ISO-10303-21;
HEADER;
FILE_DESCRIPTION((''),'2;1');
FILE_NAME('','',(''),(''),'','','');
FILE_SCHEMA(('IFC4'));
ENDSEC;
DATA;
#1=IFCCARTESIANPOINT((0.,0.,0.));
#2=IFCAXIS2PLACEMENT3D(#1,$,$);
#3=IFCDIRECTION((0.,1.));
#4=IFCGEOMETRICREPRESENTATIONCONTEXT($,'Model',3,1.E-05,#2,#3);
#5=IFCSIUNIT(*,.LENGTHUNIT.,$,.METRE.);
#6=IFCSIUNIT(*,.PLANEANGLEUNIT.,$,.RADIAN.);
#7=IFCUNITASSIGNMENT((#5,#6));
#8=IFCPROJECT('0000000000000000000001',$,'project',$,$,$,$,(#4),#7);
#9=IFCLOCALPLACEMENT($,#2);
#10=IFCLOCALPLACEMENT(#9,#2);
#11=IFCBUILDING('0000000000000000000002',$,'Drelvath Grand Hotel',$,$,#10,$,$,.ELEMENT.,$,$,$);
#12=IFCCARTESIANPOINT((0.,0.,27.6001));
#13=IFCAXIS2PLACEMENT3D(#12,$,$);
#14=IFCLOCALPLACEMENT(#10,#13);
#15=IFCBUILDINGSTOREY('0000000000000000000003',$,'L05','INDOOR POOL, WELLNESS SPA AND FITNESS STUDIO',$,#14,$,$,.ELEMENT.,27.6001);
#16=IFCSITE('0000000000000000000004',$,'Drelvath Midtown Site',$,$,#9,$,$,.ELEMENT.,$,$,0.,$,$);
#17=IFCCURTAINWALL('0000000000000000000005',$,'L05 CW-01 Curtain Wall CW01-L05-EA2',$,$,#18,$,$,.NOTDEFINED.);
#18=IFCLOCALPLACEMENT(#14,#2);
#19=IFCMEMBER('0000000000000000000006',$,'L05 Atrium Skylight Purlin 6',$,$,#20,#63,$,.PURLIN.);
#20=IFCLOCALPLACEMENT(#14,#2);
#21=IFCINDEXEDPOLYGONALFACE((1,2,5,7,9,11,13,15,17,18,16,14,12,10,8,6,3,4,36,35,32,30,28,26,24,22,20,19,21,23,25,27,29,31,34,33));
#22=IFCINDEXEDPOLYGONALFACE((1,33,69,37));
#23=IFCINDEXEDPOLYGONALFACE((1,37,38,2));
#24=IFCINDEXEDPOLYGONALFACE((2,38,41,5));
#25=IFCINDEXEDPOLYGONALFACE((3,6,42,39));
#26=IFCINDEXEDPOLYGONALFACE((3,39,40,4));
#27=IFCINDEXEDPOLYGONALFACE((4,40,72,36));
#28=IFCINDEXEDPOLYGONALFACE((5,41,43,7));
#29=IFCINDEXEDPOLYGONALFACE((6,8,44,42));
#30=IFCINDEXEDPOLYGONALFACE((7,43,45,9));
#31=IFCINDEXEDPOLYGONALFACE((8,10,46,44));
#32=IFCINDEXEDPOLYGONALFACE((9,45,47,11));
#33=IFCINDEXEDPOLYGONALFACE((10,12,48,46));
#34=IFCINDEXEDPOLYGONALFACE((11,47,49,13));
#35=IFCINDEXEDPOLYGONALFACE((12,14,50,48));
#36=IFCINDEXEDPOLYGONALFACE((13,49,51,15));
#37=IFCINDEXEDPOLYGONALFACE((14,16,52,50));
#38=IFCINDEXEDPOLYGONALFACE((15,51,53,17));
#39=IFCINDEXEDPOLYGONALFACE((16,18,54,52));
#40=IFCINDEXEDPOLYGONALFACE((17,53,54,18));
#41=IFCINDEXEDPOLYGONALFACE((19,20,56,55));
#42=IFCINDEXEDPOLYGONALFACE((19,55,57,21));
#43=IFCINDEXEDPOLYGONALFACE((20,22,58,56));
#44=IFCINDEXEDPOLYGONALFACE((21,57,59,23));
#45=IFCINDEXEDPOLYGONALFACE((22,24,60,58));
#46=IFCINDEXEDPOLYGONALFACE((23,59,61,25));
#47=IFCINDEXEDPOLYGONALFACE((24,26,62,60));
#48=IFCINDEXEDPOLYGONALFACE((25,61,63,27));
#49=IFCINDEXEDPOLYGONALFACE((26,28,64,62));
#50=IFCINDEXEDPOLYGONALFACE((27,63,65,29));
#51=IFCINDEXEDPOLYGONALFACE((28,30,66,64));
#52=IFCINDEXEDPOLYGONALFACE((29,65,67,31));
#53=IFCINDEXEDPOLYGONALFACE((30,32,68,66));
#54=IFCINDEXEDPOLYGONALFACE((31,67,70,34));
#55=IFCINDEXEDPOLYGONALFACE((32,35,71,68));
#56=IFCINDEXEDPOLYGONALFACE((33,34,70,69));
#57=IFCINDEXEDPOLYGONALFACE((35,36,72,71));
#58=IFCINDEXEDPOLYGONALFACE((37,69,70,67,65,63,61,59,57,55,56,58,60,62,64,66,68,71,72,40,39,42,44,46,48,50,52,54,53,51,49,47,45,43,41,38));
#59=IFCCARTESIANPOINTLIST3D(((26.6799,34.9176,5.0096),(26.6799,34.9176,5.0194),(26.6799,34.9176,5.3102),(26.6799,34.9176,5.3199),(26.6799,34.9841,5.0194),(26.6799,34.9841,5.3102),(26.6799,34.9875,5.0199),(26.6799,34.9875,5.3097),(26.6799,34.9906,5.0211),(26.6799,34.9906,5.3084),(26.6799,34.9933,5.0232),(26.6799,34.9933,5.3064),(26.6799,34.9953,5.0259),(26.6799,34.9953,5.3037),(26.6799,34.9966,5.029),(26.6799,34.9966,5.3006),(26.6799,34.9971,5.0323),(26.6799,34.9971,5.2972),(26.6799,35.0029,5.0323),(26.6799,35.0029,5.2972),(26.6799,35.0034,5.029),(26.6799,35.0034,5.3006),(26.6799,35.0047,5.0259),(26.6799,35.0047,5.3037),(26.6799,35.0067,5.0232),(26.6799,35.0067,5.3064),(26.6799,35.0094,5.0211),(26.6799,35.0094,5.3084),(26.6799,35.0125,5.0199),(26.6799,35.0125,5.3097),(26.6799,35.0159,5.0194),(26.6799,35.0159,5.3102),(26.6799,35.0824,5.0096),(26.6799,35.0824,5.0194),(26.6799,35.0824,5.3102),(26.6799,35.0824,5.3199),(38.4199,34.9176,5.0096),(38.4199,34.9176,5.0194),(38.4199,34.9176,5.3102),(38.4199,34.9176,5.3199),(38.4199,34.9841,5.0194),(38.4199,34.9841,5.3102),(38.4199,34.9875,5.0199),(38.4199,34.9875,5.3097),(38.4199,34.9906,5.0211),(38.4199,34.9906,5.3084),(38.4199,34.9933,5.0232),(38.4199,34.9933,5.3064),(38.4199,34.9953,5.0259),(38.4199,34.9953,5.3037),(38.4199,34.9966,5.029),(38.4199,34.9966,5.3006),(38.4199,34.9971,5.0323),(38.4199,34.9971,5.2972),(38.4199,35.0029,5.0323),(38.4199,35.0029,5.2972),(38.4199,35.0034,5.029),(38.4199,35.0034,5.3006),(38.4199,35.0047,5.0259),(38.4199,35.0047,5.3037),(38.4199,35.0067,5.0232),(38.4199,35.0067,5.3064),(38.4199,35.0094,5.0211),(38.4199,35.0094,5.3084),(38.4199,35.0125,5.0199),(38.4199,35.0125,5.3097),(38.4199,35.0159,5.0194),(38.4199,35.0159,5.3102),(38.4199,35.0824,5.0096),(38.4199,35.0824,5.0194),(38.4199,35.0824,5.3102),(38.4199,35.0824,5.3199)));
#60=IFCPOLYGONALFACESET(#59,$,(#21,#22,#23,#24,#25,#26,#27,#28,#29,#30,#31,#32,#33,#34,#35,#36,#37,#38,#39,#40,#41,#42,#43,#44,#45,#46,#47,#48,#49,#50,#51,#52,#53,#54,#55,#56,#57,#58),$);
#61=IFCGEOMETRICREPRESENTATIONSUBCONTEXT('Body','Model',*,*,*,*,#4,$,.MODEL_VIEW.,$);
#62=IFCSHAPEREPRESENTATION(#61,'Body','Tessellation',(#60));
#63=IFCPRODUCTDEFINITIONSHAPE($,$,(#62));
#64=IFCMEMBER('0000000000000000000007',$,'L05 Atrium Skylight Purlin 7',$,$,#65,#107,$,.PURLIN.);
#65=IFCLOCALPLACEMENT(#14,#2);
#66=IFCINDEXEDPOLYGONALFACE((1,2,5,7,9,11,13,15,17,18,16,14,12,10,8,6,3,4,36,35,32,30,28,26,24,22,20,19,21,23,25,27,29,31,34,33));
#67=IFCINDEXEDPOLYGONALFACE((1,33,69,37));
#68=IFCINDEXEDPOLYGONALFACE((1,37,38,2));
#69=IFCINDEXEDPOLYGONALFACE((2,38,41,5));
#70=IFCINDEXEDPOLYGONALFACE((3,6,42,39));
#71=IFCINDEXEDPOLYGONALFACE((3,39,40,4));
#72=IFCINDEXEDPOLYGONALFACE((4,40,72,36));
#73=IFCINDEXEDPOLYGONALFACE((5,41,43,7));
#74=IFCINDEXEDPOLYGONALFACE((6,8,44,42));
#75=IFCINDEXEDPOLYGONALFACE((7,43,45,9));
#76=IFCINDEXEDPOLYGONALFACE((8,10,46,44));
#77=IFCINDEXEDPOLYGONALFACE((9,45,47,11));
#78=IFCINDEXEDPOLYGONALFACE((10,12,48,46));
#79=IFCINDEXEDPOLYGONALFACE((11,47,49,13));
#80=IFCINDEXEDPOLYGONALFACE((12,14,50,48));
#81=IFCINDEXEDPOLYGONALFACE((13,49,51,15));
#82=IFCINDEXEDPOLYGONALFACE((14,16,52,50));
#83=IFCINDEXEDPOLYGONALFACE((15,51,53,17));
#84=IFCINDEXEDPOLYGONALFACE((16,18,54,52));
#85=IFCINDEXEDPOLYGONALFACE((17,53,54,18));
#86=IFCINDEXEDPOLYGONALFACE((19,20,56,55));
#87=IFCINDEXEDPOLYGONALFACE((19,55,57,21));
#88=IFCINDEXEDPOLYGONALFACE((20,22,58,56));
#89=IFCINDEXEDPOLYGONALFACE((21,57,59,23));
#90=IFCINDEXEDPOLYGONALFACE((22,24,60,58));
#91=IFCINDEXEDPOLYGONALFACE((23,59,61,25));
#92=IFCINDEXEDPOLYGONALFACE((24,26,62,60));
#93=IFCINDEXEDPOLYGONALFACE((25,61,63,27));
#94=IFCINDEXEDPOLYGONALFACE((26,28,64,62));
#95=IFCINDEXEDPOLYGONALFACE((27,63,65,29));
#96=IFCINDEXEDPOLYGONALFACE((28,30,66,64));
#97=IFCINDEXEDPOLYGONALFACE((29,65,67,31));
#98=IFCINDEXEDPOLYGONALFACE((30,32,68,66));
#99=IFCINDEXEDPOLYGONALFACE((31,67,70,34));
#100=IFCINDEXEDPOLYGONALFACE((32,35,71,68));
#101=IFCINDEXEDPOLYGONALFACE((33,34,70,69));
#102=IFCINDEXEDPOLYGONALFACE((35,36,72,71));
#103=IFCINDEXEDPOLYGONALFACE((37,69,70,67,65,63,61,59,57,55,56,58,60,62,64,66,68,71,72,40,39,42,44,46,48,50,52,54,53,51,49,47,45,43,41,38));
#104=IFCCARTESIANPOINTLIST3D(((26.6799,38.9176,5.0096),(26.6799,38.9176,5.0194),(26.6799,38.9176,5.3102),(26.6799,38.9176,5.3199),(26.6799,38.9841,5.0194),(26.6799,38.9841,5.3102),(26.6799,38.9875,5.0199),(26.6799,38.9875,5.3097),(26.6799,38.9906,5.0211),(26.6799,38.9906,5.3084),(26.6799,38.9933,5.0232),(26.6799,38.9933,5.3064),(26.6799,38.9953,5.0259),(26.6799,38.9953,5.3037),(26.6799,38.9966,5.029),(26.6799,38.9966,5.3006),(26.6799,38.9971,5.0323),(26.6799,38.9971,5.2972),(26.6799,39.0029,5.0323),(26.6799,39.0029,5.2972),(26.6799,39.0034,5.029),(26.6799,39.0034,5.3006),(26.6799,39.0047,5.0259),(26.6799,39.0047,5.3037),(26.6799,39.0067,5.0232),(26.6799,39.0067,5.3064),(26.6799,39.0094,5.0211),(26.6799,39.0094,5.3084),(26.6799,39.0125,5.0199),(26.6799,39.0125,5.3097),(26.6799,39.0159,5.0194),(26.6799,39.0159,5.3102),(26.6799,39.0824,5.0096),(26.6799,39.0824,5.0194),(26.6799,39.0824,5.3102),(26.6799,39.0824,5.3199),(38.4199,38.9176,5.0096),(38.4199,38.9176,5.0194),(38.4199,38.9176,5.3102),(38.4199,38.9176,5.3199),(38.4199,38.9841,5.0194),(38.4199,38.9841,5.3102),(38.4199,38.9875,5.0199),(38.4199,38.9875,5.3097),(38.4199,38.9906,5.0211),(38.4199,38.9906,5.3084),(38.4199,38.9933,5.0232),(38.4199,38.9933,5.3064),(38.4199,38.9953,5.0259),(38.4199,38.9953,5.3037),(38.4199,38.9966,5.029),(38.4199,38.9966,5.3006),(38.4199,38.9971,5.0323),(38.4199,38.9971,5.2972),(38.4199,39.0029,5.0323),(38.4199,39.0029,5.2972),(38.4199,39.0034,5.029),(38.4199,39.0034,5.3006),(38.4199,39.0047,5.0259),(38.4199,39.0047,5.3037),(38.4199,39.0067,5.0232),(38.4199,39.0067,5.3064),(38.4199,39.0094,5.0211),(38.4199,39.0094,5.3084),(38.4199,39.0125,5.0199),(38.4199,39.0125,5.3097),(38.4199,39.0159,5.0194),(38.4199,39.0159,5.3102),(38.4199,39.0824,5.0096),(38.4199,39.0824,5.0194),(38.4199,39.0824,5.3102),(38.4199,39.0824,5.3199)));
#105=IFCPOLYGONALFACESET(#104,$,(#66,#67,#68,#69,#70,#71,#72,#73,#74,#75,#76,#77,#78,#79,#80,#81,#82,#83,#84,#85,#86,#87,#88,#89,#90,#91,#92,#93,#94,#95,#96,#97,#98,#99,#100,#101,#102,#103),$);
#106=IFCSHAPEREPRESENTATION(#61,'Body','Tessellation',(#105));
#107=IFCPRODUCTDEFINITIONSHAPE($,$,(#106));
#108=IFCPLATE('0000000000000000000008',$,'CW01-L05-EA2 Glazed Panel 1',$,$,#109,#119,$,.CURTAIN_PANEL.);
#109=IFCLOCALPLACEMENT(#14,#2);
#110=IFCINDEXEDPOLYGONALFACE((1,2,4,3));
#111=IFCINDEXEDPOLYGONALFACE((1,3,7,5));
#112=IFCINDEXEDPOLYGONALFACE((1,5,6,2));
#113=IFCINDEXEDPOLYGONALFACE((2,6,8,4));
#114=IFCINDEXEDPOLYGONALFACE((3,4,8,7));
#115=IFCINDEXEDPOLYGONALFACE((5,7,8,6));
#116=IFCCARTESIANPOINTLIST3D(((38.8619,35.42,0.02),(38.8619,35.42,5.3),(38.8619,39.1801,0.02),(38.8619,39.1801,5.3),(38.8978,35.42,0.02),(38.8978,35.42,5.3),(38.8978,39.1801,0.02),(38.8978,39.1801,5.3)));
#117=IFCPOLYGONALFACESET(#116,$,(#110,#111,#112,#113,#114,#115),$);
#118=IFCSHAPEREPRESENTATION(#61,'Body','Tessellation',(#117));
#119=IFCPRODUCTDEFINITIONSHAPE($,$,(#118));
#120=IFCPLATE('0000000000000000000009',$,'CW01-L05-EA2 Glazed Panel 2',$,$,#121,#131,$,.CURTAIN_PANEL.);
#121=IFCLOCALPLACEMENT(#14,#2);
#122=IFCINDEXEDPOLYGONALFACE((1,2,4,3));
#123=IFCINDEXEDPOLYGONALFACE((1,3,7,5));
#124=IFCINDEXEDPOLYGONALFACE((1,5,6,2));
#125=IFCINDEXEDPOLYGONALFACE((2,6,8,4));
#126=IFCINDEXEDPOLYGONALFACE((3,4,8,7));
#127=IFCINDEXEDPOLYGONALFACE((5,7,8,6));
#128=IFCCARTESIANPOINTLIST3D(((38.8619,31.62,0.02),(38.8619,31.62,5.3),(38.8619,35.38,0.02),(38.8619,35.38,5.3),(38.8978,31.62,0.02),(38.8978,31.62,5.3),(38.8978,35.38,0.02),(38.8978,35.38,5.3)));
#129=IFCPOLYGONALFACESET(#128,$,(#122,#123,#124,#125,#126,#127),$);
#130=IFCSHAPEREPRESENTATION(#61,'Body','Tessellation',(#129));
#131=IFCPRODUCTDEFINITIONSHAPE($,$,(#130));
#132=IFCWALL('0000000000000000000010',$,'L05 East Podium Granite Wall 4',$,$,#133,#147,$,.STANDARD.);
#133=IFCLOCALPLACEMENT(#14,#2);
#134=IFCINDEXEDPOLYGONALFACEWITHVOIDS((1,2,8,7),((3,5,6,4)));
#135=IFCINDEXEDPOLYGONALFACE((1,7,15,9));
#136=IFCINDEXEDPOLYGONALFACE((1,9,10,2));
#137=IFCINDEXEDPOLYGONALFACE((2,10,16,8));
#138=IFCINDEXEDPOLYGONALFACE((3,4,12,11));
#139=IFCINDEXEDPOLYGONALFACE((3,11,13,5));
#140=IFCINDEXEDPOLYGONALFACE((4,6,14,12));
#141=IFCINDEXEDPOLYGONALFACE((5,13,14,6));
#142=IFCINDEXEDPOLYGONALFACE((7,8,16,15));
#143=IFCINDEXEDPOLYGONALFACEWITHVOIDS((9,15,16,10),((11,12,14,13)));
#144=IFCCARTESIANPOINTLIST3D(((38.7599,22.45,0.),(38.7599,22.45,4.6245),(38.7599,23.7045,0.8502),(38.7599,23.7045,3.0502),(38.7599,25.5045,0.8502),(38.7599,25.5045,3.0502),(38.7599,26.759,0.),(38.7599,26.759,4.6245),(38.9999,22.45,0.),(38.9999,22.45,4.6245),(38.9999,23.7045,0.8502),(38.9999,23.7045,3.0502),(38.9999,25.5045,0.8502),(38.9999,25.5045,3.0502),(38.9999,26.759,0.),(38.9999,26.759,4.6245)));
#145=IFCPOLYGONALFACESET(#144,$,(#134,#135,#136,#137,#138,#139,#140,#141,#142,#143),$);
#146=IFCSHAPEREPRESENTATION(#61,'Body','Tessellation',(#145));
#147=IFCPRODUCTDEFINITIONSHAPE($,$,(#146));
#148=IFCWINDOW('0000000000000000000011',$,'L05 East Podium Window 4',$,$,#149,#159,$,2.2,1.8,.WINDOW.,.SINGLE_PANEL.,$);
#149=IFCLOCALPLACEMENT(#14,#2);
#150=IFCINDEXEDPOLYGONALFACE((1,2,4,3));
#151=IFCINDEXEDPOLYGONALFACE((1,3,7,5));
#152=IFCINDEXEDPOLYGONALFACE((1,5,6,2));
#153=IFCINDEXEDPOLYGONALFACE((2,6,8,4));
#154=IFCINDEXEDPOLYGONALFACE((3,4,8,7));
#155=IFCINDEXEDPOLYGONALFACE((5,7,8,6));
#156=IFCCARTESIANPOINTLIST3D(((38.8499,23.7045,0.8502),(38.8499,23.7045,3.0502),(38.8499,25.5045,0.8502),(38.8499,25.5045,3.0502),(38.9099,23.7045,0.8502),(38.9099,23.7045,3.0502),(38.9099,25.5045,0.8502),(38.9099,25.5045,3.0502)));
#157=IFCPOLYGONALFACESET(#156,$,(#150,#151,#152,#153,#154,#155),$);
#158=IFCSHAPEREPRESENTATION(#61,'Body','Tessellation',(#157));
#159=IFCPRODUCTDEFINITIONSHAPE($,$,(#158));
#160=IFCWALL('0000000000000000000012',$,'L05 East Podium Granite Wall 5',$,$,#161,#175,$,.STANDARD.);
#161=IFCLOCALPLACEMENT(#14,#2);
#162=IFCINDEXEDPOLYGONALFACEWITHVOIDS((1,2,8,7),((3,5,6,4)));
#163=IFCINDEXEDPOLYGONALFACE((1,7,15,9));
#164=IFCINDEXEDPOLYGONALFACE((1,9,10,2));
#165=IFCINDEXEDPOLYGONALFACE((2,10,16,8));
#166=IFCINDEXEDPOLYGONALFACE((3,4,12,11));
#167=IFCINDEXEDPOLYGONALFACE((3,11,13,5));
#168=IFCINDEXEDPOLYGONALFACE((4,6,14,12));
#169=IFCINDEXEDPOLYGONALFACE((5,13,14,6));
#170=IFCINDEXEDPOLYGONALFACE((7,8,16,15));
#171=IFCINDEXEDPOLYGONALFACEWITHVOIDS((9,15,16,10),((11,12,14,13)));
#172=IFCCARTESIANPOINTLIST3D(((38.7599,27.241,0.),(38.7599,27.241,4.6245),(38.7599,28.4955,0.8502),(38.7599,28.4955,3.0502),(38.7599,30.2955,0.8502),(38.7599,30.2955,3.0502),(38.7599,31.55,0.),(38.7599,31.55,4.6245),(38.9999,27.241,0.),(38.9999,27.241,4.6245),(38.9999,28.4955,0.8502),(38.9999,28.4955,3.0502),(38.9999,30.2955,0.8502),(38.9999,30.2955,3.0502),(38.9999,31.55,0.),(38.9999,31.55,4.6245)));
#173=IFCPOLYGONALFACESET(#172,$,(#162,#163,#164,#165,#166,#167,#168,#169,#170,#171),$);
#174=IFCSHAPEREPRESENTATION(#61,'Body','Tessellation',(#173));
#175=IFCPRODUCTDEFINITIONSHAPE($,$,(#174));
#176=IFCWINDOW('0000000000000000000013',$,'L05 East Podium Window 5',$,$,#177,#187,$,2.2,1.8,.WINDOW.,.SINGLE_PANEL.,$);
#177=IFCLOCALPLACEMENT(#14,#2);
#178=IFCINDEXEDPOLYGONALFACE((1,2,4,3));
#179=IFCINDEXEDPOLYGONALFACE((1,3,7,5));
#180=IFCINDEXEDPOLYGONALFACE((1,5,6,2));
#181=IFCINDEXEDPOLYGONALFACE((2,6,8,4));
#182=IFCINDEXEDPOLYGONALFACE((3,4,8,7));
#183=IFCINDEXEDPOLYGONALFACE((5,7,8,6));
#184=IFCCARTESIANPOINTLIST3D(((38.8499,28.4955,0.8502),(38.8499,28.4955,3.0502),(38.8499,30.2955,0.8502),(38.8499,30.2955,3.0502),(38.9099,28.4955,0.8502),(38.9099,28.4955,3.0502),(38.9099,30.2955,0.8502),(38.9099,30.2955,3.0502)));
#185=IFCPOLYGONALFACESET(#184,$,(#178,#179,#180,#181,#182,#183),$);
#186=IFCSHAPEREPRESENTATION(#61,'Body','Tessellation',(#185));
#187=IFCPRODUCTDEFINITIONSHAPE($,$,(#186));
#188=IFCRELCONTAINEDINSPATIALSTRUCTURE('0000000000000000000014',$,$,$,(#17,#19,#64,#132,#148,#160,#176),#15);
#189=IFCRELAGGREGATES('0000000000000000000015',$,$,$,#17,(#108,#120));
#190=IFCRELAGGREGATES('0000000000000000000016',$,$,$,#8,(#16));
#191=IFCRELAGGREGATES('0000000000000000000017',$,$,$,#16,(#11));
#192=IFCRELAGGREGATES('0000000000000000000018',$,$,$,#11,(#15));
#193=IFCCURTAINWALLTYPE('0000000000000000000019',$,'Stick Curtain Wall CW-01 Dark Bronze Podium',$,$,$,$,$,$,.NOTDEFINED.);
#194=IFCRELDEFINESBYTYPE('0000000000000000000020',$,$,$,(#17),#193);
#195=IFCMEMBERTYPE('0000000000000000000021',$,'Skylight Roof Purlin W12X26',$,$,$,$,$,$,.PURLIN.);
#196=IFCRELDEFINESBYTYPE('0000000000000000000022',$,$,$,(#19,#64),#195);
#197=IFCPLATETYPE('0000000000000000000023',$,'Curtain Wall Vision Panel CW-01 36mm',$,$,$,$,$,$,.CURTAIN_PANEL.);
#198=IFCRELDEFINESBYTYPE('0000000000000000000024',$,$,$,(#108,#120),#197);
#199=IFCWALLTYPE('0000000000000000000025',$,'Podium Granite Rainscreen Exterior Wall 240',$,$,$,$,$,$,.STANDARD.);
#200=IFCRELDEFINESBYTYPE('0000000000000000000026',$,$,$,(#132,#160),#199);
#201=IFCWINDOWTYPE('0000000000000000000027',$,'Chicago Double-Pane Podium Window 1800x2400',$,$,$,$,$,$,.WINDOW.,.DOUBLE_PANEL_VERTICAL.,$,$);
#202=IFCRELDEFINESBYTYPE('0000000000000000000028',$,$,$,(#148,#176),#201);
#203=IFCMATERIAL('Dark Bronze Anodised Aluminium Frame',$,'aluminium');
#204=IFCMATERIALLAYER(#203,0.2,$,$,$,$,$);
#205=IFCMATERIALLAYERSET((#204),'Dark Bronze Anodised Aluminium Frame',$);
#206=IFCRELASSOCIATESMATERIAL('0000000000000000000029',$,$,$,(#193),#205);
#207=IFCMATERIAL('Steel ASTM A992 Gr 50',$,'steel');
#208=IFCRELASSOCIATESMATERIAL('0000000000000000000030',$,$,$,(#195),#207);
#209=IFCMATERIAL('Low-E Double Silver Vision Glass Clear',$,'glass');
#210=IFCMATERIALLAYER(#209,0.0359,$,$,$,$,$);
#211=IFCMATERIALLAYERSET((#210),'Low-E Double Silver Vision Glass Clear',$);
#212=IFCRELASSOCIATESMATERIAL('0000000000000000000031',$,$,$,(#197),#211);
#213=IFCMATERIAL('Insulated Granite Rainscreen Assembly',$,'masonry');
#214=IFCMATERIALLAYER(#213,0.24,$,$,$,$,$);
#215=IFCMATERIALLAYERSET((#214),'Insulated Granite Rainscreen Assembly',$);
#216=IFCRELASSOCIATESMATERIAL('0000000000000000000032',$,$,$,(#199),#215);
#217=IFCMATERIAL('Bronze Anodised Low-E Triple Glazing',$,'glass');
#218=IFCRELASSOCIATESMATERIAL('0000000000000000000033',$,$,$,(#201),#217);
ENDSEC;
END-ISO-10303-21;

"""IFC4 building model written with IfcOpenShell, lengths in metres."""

from ifc_helpers import new_model, si_unit, direction, frame, frame_2d, origin, origin_2d, place, context, subcontext, project, spatial, rectangle, i_section, extrude, material, layer, layer_set, material_profile, profile_set, type_object, element, fill, aggregate, save


model = new_model("IFC4")

# Units and contexts
model_context = context("Model", 3, precision=1e-05, world=origin(), true_north=direction((0.0, 1.0)))
body_context = subcontext(model_context, "Body", "Model", "MODEL_VIEW")
ifc_project = project(units=[si_unit("LENGTHUNIT", "METRE"), si_unit("PLANEANGLEUNIT", "RADIAN")], contexts=[model_context])

# Site, building, storey
site_placement = place(None, origin())
site = spatial("IfcSite", under=ifc_project, at=site_placement, Name="Drelvath Midtown Site", CompositionType="ELEMENT", RefElevation=0.0)
building_placement = place(site_placement, origin())
building = spatial("IfcBuilding", under=site, at=building_placement, Name="Drelvath Grand Hotel", CompositionType="ELEMENT")
storey_placement = place(building_placement, frame((0.0, 0.0, 27.6001)))
storey = spatial("IfcBuildingStorey", under=building, at=storey_placement, Name="L05", Description="INDOOR POOL, WELLNESS SPA AND FITNESS STUDIO", CompositionType="ELEMENT", Elevation=27.6001)

# Curtain wall
ifc_material_1 = material(Name="Dark Bronze Anodised Aluminium Frame", Category="aluminium")
ifc_layer_1 = layer(ifc_material_1, 0.2)
ifc_layer_set_1 = layer_set([ifc_layer_1], Name="Dark Bronze Anodised Aluminium Frame")
curtain_wall_type = type_object("IfcCurtainWallType", Name="Stick Curtain Wall CW-01 Dark Bronze Podium", PredefinedType="NOTDEFINED", material=ifc_layer_set_1)
curtain_wall_placement = place(storey_placement, origin())
curtain_wall = element("IfcCurtainWall", 1, at=curtain_wall_placement, inside=storey, type_object=curtain_wall_type, Name="L05 CW-01 Curtain Wall CW01-L05-EA2", PredefinedType="NOTDEFINED")

# Shared definitions
ifc_material_2 = material(Name="Steel ASTM A992 Gr 50", Category="steel")

# Members
ifc_material_profile_1 = material_profile(ifc_material_2, i_section(OverallWidth=0.1648, OverallDepth=0.3103, WebThickness=0.0059, FlangeThickness=0.0098, FilletRadius=0.0129, at=origin_2d()), Name="W12X26")
ifc_profile_set_1 = profile_set([ifc_material_profile_1], Name="Steel ASTM A992 Gr 50")
member_type_1 = type_object("IfcMemberType", Name="Skylight Roof Purlin W12X26", PredefinedType="PURLIN", material=ifc_profile_set_1)
for number, where, z_axis, x_axis, name in (
    (2, (26.6799, 35.0, 5.1648), (1.0, 0.0, 0.0), (0.0, 1.0, 0.0), "L05 Atrium Skylight Purlin 6"),
    (3, (26.6799, 39.0, 5.1648), (1.0, 0.0, 0.0), (0.0, 1.0, 0.0), "L05 Atrium Skylight Purlin 7"),
):
    element("IfcMember", number, at=place(storey_placement, frame(where, z_axis=z_axis, x_axis=x_axis)), inside=storey, type_object=member_type_1, Name=name, PredefinedType="PURLIN", context=body_context, shape_type="SweptSolid", body=[
        extrude(i_section(OverallWidth=0.1648, OverallDepth=0.3103, WebThickness=0.0059, FlangeThickness=0.0098, FilletRadius=0.0129, at=origin_2d()), origin(), (0.0, 0.0, 1.0), 11.74),
    ])

# Plates
ifc_material_3 = material(Name="Low-E Double Silver Vision Glass Clear", Category="glass")
ifc_layer_2 = layer(ifc_material_3, 0.0359)
ifc_layer_set_2 = layer_set([ifc_layer_2], Name="Low-E Double Silver Vision Glass Clear")
plate_type = type_object("IfcPlateType", Name="Curtain Wall Vision Panel CW-01 36mm", PredefinedType="CURTAIN_PANEL", material=ifc_layer_set_2)
plate_1_placement = place(storey_placement, frame((38.8799, 37.3, 0.02), z_axis=(0.0, 0.0, 1.0), x_axis=(0.0, -1.0, 0.0)))
plate_1 = element("IfcPlate", 4, at=plate_1_placement, type_object=plate_type, Name="CW01-L05-EA2 Glazed Panel 1", PredefinedType="CURTAIN_PANEL", context=body_context, shape_type="SweptSolid", body=[
    extrude(rectangle(XDim=3.76, YDim=0.0359, at=origin_2d()), origin(), (0.0, 0.0, 1.0), 5.28),
])
plate_2_placement = place(storey_placement, frame((38.8799, 33.5, 0.02), z_axis=(0.0, 0.0, 1.0), x_axis=(0.0, -1.0, 0.0)))
plate_2 = element("IfcPlate", 5, at=plate_2_placement, type_object=plate_type, Name="CW01-L05-EA2 Glazed Panel 2", PredefinedType="CURTAIN_PANEL", context=body_context, shape_type="SweptSolid", body=[
    extrude(rectangle(XDim=3.76, YDim=0.0359, at=origin_2d()), origin(), (0.0, 0.0, 1.0), 5.28),
])
aggregate(curtain_wall, [plate_1, plate_2])

# Walls, openings, windows
ifc_material_4 = material(Name="Insulated Granite Rainscreen Assembly", Category="masonry")
ifc_layer_3 = layer(ifc_material_4, 0.24)
ifc_layer_set_3 = layer_set([ifc_layer_3], Name="Insulated Granite Rainscreen Assembly")
wall_type = type_object("IfcWallType", Name="Podium Granite Rainscreen Exterior Wall 240", PredefinedType="STANDARD", material=ifc_layer_set_3)
wall_1_placement = place(storey_placement, frame((38.8799, 26.759, 0.0), z_axis=(0.0, 0.0, 1.0), x_axis=(0.0, -1.0, 0.0)))
wall_1 = element("IfcWall", 6, at=wall_1_placement, inside=storey, type_object=wall_type, Name="L05 East Podium Granite Wall 4", PredefinedType="STANDARD", context=body_context, shape_type="SweptSolid", body=[
    extrude(rectangle(XDim=4.3091, YDim=0.24, at=frame_2d((2.1545, 0.0))), origin(), (0.0, 0.0, 1.0), 4.6245),
])
opening_1_placement = place(wall_1_placement, frame((1.2546, 0.0, 0.8501)))
opening_1 = element("IfcOpeningElement", 7, at=opening_1_placement, cuts=wall_1, PredefinedType="OPENING", context=body_context, shape_type="SweptSolid", body=[
    extrude(rectangle(XDim=1.8, YDim=2.2, at=frame_2d((0.8999, 1.1001))), frame((0.0, 0.1299, 0.0), z_axis=(0.0, -1.0, 0.0), x_axis=(1.0, 0.0, 0.0)), (0.0, 0.0, 1.0), 0.26),
])
ifc_material_5 = material(Name="Bronze Anodised Low-E Triple Glazing", Category="glass")
window_type = type_object("IfcWindowType", Name="Chicago Double-Pane Podium Window 1800x2400", PartitioningType="DOUBLE_PANEL_VERTICAL", PredefinedType="WINDOW", material=ifc_material_5)
window_1_placement = place(opening_1_placement, origin())
window_1 = element("IfcWindow", 8, at=window_1_placement, inside=storey, type_object=window_type, Name="L05 East Podium Window 4", OverallHeight=2.2, OverallWidth=1.8, PartitioningType="SINGLE_PANEL", PredefinedType="WINDOW", context=body_context, shape_type="SweptSolid", body=[
    extrude(rectangle(XDim=1.8, YDim=2.2, at=frame_2d((0.8999, 1.1001))), frame((0.0, 0.03, 0.0), z_axis=(0.0, -1.0, 0.0), x_axis=(1.0, 0.0, 0.0)), (0.0, 0.0, 1.0), 0.0601),
])
fill(opening_1, window_1)
wall_2_placement = place(storey_placement, frame((38.8799, 31.55, 0.0), z_axis=(0.0, 0.0, 1.0), x_axis=(0.0, -1.0, 0.0)))
wall_2 = element("IfcWall", 9, at=wall_2_placement, inside=storey, type_object=wall_type, Name="L05 East Podium Granite Wall 5", PredefinedType="STANDARD", context=body_context, shape_type="SweptSolid", body=[
    extrude(rectangle(XDim=4.3091, YDim=0.24, at=frame_2d((2.1545, 0.0))), origin(), (0.0, 0.0, 1.0), 4.6245),
])
opening_2_placement = place(wall_2_placement, frame((1.2546, 0.0, 0.8501)))
opening_2 = element("IfcOpeningElement", 10, at=opening_2_placement, cuts=wall_2, PredefinedType="OPENING", context=body_context, shape_type="SweptSolid", body=[
    extrude(rectangle(XDim=1.8, YDim=2.2, at=frame_2d((0.8999, 1.1001))), frame((0.0, 0.1299, 0.0), z_axis=(0.0, -1.0, 0.0), x_axis=(1.0, 0.0, 0.0)), (0.0, 0.0, 1.0), 0.26),
])
window_2_placement = place(opening_2_placement, origin())
window_2 = element("IfcWindow", 11, at=window_2_placement, inside=storey, type_object=window_type, Name="L05 East Podium Window 5", OverallHeight=2.2, OverallWidth=1.8, PartitioningType="SINGLE_PANEL", PredefinedType="WINDOW", context=body_context, shape_type="SweptSolid", body=[
    extrude(rectangle(XDim=1.8, YDim=2.2, at=frame_2d((0.8999, 1.1001))), frame((0.0, 0.03, 0.0), z_axis=(0.0, -1.0, 0.0), x_axis=(1.0, 0.0, 0.0)), (0.0, 0.0, 1.0), 0.0601),
])
fill(opening_2, window_2)

save(model, "model.ifc")
